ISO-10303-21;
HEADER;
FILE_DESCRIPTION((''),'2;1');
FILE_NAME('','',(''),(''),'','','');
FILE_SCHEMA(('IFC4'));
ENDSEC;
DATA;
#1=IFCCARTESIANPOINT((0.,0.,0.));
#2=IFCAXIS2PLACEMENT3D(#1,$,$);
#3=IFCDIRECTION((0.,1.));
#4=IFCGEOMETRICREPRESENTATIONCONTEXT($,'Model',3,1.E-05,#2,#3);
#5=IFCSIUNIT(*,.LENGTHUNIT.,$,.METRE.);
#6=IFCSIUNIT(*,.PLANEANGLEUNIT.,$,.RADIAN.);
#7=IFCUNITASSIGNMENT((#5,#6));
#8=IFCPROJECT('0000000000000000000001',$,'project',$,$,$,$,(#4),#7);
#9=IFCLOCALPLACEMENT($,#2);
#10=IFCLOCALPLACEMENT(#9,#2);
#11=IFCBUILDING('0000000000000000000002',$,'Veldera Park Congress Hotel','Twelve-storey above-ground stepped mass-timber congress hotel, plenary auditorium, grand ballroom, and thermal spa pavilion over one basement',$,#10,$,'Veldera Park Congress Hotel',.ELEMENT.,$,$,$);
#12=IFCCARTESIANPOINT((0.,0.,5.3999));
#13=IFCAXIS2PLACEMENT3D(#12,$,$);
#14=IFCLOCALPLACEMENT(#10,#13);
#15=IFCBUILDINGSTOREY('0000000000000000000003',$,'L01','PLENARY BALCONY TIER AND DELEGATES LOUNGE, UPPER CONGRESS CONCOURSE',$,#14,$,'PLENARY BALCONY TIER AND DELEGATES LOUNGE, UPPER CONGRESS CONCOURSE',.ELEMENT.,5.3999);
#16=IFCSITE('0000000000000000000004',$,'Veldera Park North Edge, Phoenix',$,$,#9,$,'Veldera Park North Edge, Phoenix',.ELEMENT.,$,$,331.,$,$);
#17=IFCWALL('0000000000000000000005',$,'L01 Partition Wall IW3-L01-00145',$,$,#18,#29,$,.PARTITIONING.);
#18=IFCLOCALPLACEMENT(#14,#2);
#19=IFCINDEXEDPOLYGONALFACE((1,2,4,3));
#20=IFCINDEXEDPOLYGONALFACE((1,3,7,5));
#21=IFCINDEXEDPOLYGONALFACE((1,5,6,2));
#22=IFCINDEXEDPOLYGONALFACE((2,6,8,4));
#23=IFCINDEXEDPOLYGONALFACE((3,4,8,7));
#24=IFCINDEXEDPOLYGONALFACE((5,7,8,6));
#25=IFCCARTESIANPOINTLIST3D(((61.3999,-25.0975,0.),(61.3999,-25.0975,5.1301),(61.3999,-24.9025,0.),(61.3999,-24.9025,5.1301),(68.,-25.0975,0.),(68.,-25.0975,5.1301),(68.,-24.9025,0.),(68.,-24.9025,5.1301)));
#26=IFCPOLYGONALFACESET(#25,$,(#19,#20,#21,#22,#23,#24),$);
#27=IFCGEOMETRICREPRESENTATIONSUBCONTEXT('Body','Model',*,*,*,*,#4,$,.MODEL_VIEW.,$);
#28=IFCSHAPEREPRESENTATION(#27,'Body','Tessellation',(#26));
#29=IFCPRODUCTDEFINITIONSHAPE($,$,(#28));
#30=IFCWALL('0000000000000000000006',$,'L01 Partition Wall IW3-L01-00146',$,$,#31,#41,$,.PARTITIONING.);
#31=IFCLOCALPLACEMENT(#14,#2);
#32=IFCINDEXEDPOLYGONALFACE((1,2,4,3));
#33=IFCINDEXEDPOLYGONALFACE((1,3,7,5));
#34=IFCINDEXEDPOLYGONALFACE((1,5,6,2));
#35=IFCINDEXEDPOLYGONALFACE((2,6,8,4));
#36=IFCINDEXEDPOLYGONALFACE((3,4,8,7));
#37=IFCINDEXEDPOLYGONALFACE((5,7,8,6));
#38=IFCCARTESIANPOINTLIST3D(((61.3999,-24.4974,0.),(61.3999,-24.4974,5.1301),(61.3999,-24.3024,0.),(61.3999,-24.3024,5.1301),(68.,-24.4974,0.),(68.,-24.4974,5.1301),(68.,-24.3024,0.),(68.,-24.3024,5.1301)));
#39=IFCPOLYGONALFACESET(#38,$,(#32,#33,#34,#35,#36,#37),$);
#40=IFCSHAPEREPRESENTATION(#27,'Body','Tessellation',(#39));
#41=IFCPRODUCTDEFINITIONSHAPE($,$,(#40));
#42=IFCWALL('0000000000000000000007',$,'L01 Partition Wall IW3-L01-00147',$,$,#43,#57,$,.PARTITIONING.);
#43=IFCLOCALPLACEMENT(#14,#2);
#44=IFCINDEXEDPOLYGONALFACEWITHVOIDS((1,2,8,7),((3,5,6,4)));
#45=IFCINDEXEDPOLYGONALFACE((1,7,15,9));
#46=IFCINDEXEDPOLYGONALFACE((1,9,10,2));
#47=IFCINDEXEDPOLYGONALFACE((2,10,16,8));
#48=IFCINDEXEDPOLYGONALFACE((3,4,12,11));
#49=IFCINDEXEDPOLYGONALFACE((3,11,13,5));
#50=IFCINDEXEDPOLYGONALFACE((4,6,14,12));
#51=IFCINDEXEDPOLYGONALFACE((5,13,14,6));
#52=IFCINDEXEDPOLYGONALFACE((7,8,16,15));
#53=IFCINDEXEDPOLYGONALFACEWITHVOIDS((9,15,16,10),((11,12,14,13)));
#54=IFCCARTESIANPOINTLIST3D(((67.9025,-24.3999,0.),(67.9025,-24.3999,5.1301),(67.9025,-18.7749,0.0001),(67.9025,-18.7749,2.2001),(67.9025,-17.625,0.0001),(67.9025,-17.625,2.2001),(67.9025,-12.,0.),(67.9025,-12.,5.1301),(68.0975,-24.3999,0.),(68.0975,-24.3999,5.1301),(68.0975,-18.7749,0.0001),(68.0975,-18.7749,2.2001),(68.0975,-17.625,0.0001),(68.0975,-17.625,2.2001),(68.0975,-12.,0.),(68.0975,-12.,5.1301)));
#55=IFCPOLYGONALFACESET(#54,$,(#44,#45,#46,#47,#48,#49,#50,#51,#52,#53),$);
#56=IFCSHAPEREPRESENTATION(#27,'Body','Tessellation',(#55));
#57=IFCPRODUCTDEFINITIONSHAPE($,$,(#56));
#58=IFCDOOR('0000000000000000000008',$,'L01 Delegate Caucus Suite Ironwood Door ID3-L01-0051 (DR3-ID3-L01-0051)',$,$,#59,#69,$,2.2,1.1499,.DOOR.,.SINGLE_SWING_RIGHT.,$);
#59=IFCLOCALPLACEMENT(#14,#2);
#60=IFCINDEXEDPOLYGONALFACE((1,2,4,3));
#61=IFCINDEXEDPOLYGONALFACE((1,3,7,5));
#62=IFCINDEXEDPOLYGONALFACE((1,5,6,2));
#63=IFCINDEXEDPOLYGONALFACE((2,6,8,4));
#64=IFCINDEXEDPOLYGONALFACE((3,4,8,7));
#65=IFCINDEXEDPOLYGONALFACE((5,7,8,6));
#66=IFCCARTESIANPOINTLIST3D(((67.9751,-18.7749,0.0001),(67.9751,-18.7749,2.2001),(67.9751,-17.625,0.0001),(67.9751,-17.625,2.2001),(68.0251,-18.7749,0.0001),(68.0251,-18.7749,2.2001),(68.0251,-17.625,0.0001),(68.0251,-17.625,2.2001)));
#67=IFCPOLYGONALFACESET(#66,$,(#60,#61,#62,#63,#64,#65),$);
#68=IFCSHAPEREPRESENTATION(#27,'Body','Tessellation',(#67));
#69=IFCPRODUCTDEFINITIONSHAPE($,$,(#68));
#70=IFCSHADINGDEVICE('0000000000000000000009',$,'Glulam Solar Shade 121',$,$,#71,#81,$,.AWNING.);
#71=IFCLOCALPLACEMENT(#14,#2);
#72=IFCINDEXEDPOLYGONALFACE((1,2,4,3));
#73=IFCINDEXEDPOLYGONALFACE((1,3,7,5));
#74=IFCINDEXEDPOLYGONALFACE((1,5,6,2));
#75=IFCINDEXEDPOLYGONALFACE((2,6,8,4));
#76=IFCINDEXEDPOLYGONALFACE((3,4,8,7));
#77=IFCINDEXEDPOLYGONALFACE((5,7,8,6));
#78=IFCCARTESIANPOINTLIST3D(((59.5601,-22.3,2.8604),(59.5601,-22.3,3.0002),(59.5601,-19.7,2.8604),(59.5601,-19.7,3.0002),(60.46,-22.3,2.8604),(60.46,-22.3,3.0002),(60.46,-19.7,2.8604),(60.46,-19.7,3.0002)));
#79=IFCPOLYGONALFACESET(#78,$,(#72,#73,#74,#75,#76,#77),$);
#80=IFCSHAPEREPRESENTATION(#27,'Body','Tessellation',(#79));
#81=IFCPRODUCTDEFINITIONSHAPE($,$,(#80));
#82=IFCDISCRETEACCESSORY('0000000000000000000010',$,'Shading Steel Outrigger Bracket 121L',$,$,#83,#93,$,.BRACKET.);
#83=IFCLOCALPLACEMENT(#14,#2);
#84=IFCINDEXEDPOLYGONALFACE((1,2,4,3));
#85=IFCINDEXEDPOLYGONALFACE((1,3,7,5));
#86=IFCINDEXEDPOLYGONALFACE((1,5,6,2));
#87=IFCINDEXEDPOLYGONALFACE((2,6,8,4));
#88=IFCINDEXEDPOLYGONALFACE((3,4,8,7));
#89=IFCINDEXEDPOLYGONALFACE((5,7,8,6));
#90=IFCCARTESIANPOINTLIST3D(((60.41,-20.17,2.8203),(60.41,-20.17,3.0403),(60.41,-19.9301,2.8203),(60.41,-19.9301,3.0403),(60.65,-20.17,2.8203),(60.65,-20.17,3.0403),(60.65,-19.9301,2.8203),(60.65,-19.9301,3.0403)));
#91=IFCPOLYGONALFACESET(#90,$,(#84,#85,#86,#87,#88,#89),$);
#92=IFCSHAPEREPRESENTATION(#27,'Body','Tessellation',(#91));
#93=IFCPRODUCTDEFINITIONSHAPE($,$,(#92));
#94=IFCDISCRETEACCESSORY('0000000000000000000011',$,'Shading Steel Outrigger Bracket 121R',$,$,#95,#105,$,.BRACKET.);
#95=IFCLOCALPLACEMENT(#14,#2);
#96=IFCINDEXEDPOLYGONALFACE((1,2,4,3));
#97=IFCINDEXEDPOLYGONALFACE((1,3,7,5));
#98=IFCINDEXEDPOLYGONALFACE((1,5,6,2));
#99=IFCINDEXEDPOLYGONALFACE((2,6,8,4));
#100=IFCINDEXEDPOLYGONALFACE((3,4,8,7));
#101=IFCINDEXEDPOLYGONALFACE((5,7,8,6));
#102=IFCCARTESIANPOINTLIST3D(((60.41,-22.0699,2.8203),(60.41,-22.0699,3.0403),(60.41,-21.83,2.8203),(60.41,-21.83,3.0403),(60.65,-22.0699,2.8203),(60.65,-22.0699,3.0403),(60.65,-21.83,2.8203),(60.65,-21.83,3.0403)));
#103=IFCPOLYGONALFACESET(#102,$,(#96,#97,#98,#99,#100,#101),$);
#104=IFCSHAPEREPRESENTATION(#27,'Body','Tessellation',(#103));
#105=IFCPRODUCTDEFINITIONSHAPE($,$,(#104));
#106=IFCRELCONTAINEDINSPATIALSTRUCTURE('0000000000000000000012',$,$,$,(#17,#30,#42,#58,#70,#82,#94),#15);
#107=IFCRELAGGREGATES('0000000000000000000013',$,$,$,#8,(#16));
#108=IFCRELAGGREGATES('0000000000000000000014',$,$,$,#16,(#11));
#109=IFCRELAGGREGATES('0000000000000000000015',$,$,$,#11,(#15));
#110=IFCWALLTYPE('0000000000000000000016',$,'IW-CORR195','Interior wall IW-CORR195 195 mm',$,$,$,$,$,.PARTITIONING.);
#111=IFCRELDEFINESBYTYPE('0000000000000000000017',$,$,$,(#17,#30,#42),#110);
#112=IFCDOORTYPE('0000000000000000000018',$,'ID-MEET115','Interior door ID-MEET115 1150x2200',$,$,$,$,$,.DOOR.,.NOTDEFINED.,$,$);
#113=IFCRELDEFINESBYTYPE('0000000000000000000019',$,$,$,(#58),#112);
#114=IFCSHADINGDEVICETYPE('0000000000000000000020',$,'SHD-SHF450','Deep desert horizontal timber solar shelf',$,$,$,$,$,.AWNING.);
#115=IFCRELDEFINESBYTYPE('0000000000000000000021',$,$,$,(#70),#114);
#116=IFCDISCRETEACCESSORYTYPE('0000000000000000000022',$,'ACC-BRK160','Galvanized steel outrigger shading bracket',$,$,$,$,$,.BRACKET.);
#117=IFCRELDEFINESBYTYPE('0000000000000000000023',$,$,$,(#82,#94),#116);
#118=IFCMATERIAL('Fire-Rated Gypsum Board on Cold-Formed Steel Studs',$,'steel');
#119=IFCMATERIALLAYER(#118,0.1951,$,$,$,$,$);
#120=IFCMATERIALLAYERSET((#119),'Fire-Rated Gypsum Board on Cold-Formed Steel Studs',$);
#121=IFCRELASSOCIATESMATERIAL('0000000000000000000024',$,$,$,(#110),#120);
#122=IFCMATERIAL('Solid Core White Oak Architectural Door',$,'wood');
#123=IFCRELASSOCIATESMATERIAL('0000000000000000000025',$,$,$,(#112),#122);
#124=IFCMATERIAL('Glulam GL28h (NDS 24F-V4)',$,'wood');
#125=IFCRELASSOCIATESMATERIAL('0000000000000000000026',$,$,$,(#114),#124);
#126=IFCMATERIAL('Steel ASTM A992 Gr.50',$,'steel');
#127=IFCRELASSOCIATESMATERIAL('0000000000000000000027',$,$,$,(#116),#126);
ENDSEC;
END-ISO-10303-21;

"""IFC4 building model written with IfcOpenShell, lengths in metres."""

from ifc_helpers import new_model, si_unit, direction, frame, frame_2d, origin, origin_2d, place, context, subcontext, project, spatial, rectangle, extrude, material, layer, layer_set, type_object, element, fill, save


model = new_model("IFC4")

# Units and contexts
model_context = context("Model", 3, precision=1e-05, world=origin(), true_north=direction((0.0, 1.0)))
body_context = subcontext(model_context, "Body", "Model", "MODEL_VIEW")
ifc_project = project(units=[si_unit("LENGTHUNIT", "METRE"), si_unit("PLANEANGLEUNIT", "RADIAN")], contexts=[model_context])

# Site, building, storey
site_placement = place(None, origin())
site = spatial("IfcSite", under=ifc_project, at=site_placement, Name="Veldera Park North Edge, Phoenix", LongName="Veldera Park North Edge, Phoenix", CompositionType="ELEMENT", RefElevation=331.0)
building_placement = place(site_placement, origin())
building = spatial("IfcBuilding", under=site, at=building_placement, Name="Veldera Park Congress Hotel", Description="Twelve-storey above-ground stepped mass-timber congress hotel, plenary auditorium, grand ballroom, and thermal spa pavilion over one basement", LongName="Veldera Park Congress Hotel", CompositionType="ELEMENT")
storey_placement = place(building_placement, frame((0.0, 0.0, 5.3999)))
storey = spatial("IfcBuildingStorey", under=building, at=storey_placement, Name="L01", Description="PLENARY BALCONY TIER AND DELEGATES LOUNGE, UPPER CONGRESS CONCOURSE", LongName="PLENARY BALCONY TIER AND DELEGATES LOUNGE, UPPER CONGRESS CONCOURSE", CompositionType="ELEMENT", Elevation=5.3999)

# Shared definitions
ifc_material_1 = material(Name="Glulam GL28h (NDS 24F-V4)", Category="wood")

# Walls
ifc_material_2 = material(Name="Fire-Rated Gypsum Board on Cold-Formed Steel Studs", Category="steel")
ifc_layer_1 = layer(ifc_material_2, 0.1951)
ifc_layer_set_1 = layer_set([ifc_layer_1], Name="Fire-Rated Gypsum Board on Cold-Formed Steel Studs")
wall_type_1 = type_object("IfcWallType", Name="IW-CORR195", Description="Interior wall IW-CORR195 195 mm", PredefinedType="PARTITIONING", material=ifc_layer_set_1)
for number, where, z_axis, x_axis, name in (
    (1, (68.0, -25.0, 0.0), (0.0, 0.0, 1.0), (-1.0, 0.0, 0.0), "L01 Partition Wall IW3-L01-00145"),
    (2, (61.3999, -24.3999, 0.0), (0.0, 0.0, 1.0), (1.0, 0.0, 0.0), "L01 Partition Wall IW3-L01-00146"),
):
    element("IfcWall", number, at=place(storey_placement, frame(where, z_axis=z_axis, x_axis=x_axis)), inside=storey, type_object=wall_type_1, Name=name, PredefinedType="PARTITIONING", context=body_context, shape_type="SweptSolid", body=[
        extrude(rectangle(XDim=6.6001, YDim=0.1951, at=frame_2d((3.3, 0.0))), origin(), (0.0, 0.0, 1.0), 5.1301),
    ])

# Wall, opening, door
wall_1_placement = place(storey_placement, frame((68.0, -24.3999, 0.0), z_axis=(0.0, 0.0, 1.0), x_axis=(0.0, 1.0, 0.0)))
wall_1 = element("IfcWall", 3, at=wall_1_placement, inside=storey, type_object=wall_type_1, Name="L01 Partition Wall IW3-L01-00147", PredefinedType="PARTITIONING", context=body_context, shape_type="SweptSolid", body=[
    extrude(rectangle(XDim=12.3999, YDim=0.1951, at=frame_2d((6.2, 0.0))), origin(), (0.0, 0.0, 1.0), 5.1301),
])
opening_1_placement = place(wall_1_placement, frame((5.625, 0.0, 0.0)))
opening_1 = element("IfcOpeningElement", 4, at=opening_1_placement, cuts=wall_1, PredefinedType="OPENING", context=body_context, shape_type="SweptSolid", body=[
    extrude(rectangle(XDim=1.1499, YDim=2.2, at=frame_2d((0.575, 1.1001))), frame((0.0, 0.1096, 0.0), z_axis=(0.0, -1.0, 0.0), x_axis=(1.0, 0.0, 0.0)), (0.0, 0.0, 1.0), 0.219),
])
ifc_material_3 = material(Name="Solid Core White Oak Architectural Door", Category="wood")
door_type = type_object("IfcDoorType", Name="ID-MEET115", Description="Interior door ID-MEET115 1150x2200", OperationType="NOTDEFINED", PredefinedType="DOOR", material=ifc_material_3)
door_placement = place(opening_1_placement, origin())
door = element("IfcDoor", 5, at=door_placement, inside=storey, type_object=door_type, Name="L01 Delegate Caucus Suite Ironwood Door ID3-L01-0051 (DR3-ID3-L01-0051)", OperationType="SINGLE_SWING_RIGHT", OverallHeight=2.2, OverallWidth=1.1499, PredefinedType="DOOR", context=body_context, shape_type="SweptSolid", body=[
    extrude(rectangle(XDim=1.1499, YDim=2.2, at=frame_2d((0.575, 1.1001))), frame((0.0, 0.0249, 0.0), z_axis=(0.0, -1.0, 0.0), x_axis=(1.0, 0.0, 0.0)), (0.0, 0.0, 1.0), 0.05),
])
fill(opening_1, door)

# Shading device
shading_device_type = type_object("IfcShadingDeviceType", Name="SHD-SHF450", Description="Deep desert horizontal timber solar shelf", PredefinedType="AWNING", material=ifc_material_1)
shading_device_placement = place(storey_placement, frame((60.01, -21.0, 2.8604), z_axis=(0.0, 0.0, 1.0), x_axis=(0.0, -1.0, 0.0)))
element("IfcShadingDevice", 6, at=shading_device_placement, inside=storey, type_object=shading_device_type, Name="Glulam Solar Shade 121", PredefinedType="AWNING", context=body_context, shape_type="SweptSolid", body=[
    extrude(rectangle(XDim=2.6001, YDim=0.8999, at=origin_2d()), origin(), (0.0, 0.0, 1.0), 0.1399),
])

# Discrete accessories
ifc_material_4 = material(Name="Steel ASTM A992 Gr.50", Category="steel")
discrete_accessory_type = type_object("IfcDiscreteAccessoryType", Name="ACC-BRK160", Description="Galvanized steel outrigger shading bracket", PredefinedType="BRACKET", material=ifc_material_4)
for number, where, z_axis, x_axis, name in (
    (7, (60.53, -20.05, 2.8203), (0.0, 0.0, 1.0), (0.0, -1.0, 0.0), "Shading Steel Outrigger Bracket 121L"),
    (8, (60.53, -21.95, 2.8203), (0.0, 0.0, 1.0), (0.0, -1.0, 0.0), "Shading Steel Outrigger Bracket 121R"),
):
    element("IfcDiscreteAccessory", number, at=place(storey_placement, frame(where, z_axis=z_axis, x_axis=x_axis)), inside=storey, type_object=discrete_accessory_type, Name=name, PredefinedType="BRACKET", context=body_context, shape_type="SweptSolid", body=[
        extrude(rectangle(XDim=0.24, YDim=0.24, at=origin_2d()), origin(), (0.0, 0.0, 1.0), 0.22),
    ])

save(model, "model.ifc")
